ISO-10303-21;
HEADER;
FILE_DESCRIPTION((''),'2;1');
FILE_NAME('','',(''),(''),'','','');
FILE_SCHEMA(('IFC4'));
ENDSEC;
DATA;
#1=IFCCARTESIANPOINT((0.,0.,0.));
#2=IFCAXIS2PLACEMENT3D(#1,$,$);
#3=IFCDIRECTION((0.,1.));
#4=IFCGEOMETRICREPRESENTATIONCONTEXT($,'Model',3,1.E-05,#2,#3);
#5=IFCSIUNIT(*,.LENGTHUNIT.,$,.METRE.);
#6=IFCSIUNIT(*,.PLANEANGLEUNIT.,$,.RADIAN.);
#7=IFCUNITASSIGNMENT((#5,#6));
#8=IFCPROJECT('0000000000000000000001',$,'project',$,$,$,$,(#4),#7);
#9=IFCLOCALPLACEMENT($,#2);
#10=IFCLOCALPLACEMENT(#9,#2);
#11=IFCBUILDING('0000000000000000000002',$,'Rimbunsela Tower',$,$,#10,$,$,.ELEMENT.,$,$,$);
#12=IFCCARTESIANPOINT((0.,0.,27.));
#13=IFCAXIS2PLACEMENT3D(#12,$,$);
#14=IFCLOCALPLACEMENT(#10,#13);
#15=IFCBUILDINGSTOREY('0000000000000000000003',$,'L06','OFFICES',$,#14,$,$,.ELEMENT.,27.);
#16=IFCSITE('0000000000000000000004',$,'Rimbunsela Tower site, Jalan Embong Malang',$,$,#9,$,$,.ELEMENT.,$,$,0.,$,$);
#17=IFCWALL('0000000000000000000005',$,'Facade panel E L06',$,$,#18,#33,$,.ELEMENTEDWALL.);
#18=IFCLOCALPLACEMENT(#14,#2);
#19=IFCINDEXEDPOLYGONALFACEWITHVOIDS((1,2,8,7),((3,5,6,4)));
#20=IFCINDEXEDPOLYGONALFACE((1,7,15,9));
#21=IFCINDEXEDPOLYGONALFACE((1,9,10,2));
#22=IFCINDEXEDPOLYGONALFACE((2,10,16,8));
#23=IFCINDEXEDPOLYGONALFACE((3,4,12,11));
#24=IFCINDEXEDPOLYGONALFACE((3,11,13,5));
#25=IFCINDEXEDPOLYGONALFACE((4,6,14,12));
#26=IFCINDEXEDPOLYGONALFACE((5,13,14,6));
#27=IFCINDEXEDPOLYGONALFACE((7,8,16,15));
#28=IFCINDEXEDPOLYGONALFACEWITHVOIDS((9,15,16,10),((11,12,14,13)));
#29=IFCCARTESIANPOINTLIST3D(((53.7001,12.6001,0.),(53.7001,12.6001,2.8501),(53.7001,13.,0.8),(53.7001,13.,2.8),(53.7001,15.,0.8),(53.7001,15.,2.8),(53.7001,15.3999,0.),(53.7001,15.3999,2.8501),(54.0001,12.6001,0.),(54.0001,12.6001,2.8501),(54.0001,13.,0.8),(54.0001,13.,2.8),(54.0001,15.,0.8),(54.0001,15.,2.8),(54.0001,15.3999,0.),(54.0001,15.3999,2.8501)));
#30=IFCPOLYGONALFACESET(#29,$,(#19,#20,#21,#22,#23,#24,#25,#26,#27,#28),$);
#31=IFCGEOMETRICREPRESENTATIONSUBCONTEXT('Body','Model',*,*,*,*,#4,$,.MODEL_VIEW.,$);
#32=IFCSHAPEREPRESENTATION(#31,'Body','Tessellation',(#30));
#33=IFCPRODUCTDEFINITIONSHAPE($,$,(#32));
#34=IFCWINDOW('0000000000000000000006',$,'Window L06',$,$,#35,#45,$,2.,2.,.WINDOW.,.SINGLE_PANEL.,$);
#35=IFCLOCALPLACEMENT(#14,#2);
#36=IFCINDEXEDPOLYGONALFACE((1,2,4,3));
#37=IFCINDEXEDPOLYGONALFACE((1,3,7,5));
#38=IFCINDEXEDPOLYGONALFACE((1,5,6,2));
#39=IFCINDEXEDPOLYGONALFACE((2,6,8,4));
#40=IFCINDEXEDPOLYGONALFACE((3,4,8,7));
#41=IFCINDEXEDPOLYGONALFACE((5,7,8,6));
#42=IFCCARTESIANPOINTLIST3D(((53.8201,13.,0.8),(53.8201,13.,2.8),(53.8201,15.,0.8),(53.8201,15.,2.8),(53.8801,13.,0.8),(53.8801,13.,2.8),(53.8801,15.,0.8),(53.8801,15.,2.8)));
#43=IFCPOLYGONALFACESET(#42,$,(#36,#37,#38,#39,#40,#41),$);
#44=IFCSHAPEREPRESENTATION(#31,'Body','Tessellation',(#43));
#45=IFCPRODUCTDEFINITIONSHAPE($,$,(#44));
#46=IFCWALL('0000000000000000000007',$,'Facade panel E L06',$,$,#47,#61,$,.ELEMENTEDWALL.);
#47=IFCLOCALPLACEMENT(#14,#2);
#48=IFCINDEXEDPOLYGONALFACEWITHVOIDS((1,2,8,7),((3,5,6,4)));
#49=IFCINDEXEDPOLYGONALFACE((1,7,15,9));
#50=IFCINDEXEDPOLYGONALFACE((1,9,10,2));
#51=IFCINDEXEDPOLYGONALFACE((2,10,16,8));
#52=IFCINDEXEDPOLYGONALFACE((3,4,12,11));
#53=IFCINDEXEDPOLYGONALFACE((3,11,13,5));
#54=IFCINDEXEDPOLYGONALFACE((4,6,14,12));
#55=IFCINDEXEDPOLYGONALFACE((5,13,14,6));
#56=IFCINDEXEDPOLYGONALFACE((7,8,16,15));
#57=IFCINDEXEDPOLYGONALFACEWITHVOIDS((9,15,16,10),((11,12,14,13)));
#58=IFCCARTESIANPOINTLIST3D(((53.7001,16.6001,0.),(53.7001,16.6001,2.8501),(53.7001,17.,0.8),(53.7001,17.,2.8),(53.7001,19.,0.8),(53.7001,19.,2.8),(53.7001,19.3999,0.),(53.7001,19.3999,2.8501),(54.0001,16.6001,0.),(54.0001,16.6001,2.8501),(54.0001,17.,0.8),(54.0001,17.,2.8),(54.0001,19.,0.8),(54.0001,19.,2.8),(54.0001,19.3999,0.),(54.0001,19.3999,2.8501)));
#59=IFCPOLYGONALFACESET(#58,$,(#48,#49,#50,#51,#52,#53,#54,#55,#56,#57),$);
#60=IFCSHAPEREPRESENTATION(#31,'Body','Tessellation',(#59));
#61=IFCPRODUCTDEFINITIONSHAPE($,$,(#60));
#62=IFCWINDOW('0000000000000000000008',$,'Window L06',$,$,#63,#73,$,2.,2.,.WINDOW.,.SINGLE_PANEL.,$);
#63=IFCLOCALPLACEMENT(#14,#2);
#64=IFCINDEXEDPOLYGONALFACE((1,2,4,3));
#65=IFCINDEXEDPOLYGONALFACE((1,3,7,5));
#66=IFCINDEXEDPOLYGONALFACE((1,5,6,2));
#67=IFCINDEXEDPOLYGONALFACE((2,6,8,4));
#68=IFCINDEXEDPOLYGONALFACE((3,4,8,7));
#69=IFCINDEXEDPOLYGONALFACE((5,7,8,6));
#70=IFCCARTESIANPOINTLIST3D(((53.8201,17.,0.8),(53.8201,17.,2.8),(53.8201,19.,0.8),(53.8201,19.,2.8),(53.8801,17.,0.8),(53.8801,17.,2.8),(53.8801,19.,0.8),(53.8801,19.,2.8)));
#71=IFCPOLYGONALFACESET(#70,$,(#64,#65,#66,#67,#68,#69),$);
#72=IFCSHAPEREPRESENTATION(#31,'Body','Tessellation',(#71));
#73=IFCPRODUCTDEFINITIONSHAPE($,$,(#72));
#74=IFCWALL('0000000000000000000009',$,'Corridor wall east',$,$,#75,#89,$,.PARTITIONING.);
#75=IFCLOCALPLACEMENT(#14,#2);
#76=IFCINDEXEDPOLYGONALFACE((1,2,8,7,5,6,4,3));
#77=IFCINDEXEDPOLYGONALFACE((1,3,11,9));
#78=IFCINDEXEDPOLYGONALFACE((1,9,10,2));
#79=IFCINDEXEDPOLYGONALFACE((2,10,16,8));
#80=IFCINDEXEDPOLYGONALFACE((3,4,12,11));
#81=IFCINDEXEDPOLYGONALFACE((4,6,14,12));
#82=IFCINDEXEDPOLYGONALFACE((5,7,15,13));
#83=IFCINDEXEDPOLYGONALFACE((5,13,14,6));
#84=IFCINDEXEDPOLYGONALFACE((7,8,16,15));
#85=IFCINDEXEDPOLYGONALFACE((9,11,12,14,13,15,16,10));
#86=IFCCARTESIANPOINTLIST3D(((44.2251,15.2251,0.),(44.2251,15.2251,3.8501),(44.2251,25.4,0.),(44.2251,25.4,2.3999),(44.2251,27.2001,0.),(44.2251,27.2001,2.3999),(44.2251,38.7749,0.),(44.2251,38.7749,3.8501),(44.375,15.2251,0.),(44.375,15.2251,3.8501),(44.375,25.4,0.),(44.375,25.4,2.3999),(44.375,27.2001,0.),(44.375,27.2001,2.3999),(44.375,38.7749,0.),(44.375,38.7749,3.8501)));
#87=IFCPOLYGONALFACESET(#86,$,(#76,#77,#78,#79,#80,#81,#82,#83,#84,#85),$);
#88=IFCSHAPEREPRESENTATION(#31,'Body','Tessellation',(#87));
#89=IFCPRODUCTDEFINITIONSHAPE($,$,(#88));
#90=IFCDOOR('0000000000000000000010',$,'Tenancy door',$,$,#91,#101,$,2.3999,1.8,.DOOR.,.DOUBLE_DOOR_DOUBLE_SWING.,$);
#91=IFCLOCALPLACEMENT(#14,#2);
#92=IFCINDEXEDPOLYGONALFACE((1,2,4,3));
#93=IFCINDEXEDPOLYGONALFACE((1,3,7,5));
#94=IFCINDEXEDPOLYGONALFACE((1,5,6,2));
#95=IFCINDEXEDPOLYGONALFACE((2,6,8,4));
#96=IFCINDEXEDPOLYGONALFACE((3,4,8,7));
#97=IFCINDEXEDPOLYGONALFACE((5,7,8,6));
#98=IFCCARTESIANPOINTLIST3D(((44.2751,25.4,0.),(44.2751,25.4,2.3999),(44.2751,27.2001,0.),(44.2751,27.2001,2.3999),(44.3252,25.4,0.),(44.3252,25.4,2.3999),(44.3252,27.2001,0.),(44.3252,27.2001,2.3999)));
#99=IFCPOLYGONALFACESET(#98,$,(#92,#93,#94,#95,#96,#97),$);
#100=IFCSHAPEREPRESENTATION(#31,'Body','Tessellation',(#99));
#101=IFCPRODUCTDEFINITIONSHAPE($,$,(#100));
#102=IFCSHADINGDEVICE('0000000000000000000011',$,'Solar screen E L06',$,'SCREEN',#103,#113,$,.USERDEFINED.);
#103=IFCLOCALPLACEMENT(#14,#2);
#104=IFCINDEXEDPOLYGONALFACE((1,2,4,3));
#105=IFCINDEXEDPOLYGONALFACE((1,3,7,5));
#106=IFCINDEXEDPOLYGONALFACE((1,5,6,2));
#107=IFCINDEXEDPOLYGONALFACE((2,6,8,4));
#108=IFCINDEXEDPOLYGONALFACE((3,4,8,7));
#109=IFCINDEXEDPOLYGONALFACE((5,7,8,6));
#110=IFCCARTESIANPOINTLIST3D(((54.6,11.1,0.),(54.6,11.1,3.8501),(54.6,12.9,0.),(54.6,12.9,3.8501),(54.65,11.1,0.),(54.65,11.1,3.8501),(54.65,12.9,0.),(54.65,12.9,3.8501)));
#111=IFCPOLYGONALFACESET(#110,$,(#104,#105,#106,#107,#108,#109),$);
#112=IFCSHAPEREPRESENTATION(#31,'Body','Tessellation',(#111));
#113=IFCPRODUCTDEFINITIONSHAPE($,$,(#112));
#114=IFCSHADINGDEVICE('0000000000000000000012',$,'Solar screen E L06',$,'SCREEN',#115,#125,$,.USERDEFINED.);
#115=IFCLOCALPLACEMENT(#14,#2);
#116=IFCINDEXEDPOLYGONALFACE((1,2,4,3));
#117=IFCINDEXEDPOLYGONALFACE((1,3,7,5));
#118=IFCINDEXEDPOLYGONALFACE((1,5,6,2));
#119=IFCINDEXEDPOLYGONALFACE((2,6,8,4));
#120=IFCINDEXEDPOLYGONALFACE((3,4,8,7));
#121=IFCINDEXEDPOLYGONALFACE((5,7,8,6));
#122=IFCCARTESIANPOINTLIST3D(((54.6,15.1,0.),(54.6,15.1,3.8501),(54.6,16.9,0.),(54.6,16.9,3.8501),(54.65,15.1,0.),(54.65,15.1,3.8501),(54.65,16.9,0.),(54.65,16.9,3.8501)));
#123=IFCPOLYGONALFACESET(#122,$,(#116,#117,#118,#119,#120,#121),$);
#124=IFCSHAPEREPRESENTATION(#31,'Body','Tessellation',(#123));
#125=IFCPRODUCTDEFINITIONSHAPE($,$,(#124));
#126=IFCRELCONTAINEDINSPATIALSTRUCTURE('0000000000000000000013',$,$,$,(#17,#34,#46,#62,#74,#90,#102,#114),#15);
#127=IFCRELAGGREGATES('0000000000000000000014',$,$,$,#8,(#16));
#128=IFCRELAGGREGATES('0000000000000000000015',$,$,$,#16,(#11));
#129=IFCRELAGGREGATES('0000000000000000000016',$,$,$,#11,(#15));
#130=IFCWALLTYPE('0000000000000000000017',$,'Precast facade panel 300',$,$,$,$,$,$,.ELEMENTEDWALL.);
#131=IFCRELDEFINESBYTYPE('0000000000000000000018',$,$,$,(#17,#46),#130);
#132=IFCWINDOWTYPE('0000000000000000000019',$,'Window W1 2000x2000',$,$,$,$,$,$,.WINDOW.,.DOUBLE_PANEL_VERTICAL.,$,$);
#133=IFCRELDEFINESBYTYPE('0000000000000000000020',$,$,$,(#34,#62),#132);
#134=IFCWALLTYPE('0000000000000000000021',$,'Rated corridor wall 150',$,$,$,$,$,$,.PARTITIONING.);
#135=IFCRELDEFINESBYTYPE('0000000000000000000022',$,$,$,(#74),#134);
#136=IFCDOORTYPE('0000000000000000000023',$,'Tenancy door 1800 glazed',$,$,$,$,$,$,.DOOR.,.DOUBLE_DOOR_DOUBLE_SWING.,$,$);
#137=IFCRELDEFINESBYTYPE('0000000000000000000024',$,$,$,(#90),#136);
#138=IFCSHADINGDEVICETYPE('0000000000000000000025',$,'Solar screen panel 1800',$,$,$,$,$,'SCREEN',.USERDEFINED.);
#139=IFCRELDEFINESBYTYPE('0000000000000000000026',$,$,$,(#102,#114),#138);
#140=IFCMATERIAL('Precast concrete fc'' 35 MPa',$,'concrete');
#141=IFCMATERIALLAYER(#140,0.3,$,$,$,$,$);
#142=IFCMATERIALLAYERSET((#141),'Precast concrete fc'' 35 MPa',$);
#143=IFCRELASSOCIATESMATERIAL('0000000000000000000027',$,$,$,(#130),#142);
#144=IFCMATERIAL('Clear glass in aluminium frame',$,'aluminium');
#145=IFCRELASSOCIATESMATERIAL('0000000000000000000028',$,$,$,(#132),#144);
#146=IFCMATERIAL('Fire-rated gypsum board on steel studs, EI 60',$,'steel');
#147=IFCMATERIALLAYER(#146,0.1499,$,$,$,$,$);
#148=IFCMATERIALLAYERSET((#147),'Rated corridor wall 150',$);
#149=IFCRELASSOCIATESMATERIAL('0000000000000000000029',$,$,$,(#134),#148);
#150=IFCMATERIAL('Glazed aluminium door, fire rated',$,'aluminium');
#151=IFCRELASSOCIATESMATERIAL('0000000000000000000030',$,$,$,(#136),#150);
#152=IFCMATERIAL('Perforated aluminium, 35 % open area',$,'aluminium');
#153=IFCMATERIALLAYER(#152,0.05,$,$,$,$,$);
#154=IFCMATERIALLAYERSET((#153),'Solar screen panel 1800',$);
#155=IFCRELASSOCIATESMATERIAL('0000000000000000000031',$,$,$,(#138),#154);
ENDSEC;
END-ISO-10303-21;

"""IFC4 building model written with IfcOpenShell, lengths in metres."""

from ifc_helpers import new_model, si_unit, direction, frame, frame_2d, origin, origin_2d, place, context, subcontext, project, spatial, rectangle, extrude, material, layer, layer_set, type_object, element, fill, save


model = new_model("IFC4")

# Units and contexts
model_context = context("Model", 3, precision=1e-05, world=origin(), true_north=direction((0.0, 1.0)))
body_context = subcontext(model_context, "Body", "Model", "MODEL_VIEW")
ifc_project = project(units=[si_unit("LENGTHUNIT", "METRE"), si_unit("PLANEANGLEUNIT", "RADIAN")], contexts=[model_context])

# Site, building, storey
site_placement = place(None, origin())
site = spatial("IfcSite", under=ifc_project, at=site_placement, Name="Rimbunsela Tower site, Jalan Embong Malang", CompositionType="ELEMENT", RefElevation=0.0)
building_placement = place(site_placement, origin())
building = spatial("IfcBuilding", under=site, at=building_placement, Name="Rimbunsela Tower", CompositionType="ELEMENT")
storey_placement = place(building_placement, frame((0.0, 0.0, 27.0)))
storey = spatial("IfcBuildingStorey", under=building, at=storey_placement, Name="L06", Description="OFFICES", CompositionType="ELEMENT", Elevation=27.0)

# Walls, openings, windows
ifc_material_1 = material(Name="Precast concrete fc' 35 MPa", Category="concrete")
ifc_layer_1 = layer(ifc_material_1, 0.3)
ifc_layer_set_1 = layer_set([ifc_layer_1], Name="Precast concrete fc' 35 MPa")
wall_type_1 = type_object("IfcWallType", Name="Precast facade panel 300", PredefinedType="ELEMENTEDWALL", material=ifc_layer_set_1)
wall_1_placement = place(storey_placement, frame((53.8501, 12.6001, 0.0), z_axis=(0.0, 0.0, 1.0), x_axis=(0.0, 1.0, 0.0)))
wall_1 = element("IfcWall", 1, at=wall_1_placement, inside=storey, type_object=wall_type_1, Name="Facade panel E L06", PredefinedType="ELEMENTEDWALL", context=body_context, shape_type="SweptSolid", body=[
    extrude(rectangle(XDim=2.7998, YDim=0.3, at=frame_2d((1.3999, 0.0))), origin(), (0.0, 0.0, 1.0), 2.8501),
])
opening_1_placement = place(wall_1_placement, frame((0.3999, 0.0, 0.8)))
opening_1 = element("IfcOpeningElement", 2, at=opening_1_placement, cuts=wall_1, PredefinedType="OPENING", context=body_context, shape_type="SweptSolid", body=[
    extrude(rectangle(XDim=2.0, YDim=2.0, at=frame_2d((1.0, 1.0))), frame((0.0, 0.1599, 0.0), z_axis=(0.0, -1.0, 0.0), x_axis=(1.0, 0.0, 0.0)), (0.0, 0.0, 1.0), 0.3201),
])
ifc_material_2 = material(Name="Clear glass in aluminium frame", Category="aluminium")
window_type = type_object("IfcWindowType", Name="Window W1 2000x2000", PartitioningType="DOUBLE_PANEL_VERTICAL", PredefinedType="WINDOW", material=ifc_material_2)
window_1_placement = place(opening_1_placement, origin())
window_1 = element("IfcWindow", 3, at=window_1_placement, inside=storey, type_object=window_type, Name="Window L06", OverallHeight=2.0, OverallWidth=2.0, PartitioningType="SINGLE_PANEL", PredefinedType="WINDOW", context=body_context, shape_type="SweptSolid", body=[
    extrude(rectangle(XDim=2.0, YDim=2.0, at=frame_2d((1.0, 1.0))), frame((0.0, 0.03, 0.0), z_axis=(0.0, -1.0, 0.0), x_axis=(1.0, 0.0, 0.0)), (0.0, 0.0, 1.0), 0.0601),
])
fill(opening_1, window_1)
wall_2_placement = place(storey_placement, frame((53.8501, 16.6001, 0.0), z_axis=(0.0, 0.0, 1.0), x_axis=(0.0, 1.0, 0.0)))
wall_2 = element("IfcWall", 4, at=wall_2_placement, inside=storey, type_object=wall_type_1, Name="Facade panel E L06", PredefinedType="ELEMENTEDWALL", context=body_context, shape_type="SweptSolid", body=[
    extrude(rectangle(XDim=2.7998, YDim=0.3, at=frame_2d((1.3999, 0.0))), origin(), (0.0, 0.0, 1.0), 2.8501),
])
opening_2_placement = place(wall_2_placement, frame((0.3999, 0.0, 0.8)))
opening_2 = element("IfcOpeningElement", 5, at=opening_2_placement, cuts=wall_2, PredefinedType="OPENING", context=body_context, shape_type="SweptSolid", body=[
    extrude(rectangle(XDim=2.0, YDim=2.0, at=frame_2d((1.0, 1.0))), frame((0.0, 0.1599, 0.0), z_axis=(0.0, -1.0, 0.0), x_axis=(1.0, 0.0, 0.0)), (0.0, 0.0, 1.0), 0.3201),
])
window_2_placement = place(opening_2_placement, origin())
window_2 = element("IfcWindow", 6, at=window_2_placement, inside=storey, type_object=window_type, Name="Window L06", OverallHeight=2.0, OverallWidth=2.0, PartitioningType="SINGLE_PANEL", PredefinedType="WINDOW", context=body_context, shape_type="SweptSolid", body=[
    extrude(rectangle(XDim=2.0, YDim=2.0, at=frame_2d((1.0, 1.0))), frame((0.0, 0.03, 0.0), z_axis=(0.0, -1.0, 0.0), x_axis=(1.0, 0.0, 0.0)), (0.0, 0.0, 1.0), 0.0601),
])
fill(opening_2, window_2)

# Wall, opening, door
ifc_material_3 = material(Name="Fire-rated gypsum board on steel studs, EI 60", Category="steel")
ifc_layer_2 = layer(ifc_material_3, 0.1499)
ifc_layer_set_2 = layer_set([ifc_layer_2], Name="Rated corridor wall 150")
wall_type_2 = type_object("IfcWallType", Name="Rated corridor wall 150", PredefinedType="PARTITIONING", material=ifc_layer_set_2)
wall_3_placement = place(storey_placement, frame((44.3, 15.2251, 0.0), z_axis=(0.0, 0.0, 1.0), x_axis=(0.0, 1.0, 0.0)))
wall_3 = element("IfcWall", 7, at=wall_3_placement, inside=storey, type_object=wall_type_2, Name="Corridor wall east", PredefinedType="PARTITIONING", context=body_context, shape_type="SweptSolid", body=[
    extrude(rectangle(XDim=23.5498, YDim=0.1499, at=frame_2d((11.7749, 0.0))), origin(), (0.0, 0.0, 1.0), 3.8501),
])
opening_3_placement = place(wall_3_placement, frame((10.175, 0.0, 0.0)))
opening_3 = element("IfcOpeningElement", 8, at=opening_3_placement, cuts=wall_3, PredefinedType="OPENING", context=body_context, shape_type="SweptSolid", body=[
    extrude(rectangle(XDim=1.8, YDim=2.3999, at=frame_2d((0.8999, 1.2))), frame((0.0, 0.085, 0.0), z_axis=(0.0, -1.0, 0.0), x_axis=(1.0, 0.0, 0.0)), (0.0, 0.0, 1.0), 0.1699),
])
ifc_material_4 = material(Name="Glazed aluminium door, fire rated", Category="aluminium")
door_type = type_object("IfcDoorType", Name="Tenancy door 1800 glazed", OperationType="DOUBLE_DOOR_DOUBLE_SWING", PredefinedType="DOOR", material=ifc_material_4)
door_placement = place(opening_3_placement, origin())
door = element("IfcDoor", 9, at=door_placement, inside=storey, type_object=door_type, Name="Tenancy door", OperationType="DOUBLE_DOOR_DOUBLE_SWING", OverallHeight=2.3999, OverallWidth=1.8, PredefinedType="DOOR", context=body_context, shape_type="SweptSolid", body=[
    extrude(rectangle(XDim=1.8, YDim=2.3999, at=frame_2d((0.8999, 1.2))), frame((0.0, 0.0249, 0.0), z_axis=(0.0, -1.0, 0.0), x_axis=(1.0, 0.0, 0.0)), (0.0, 0.0, 1.0), 0.05),
])
fill(opening_3, door)

# Shading devices
ifc_material_5 = material(Name="Perforated aluminium, 35 % open area", Category="aluminium")
ifc_layer_3 = layer(ifc_material_5, 0.05)
ifc_layer_set_3 = layer_set([ifc_layer_3], Name="Solar screen panel 1800")
shading_device_type = type_object("IfcShadingDeviceType", Name="Solar screen panel 1800", ElementType="SCREEN", PredefinedType="USERDEFINED", material=ifc_layer_set_3)
for number, where, z_axis, x_axis, name in (
    (10, (54.625, 12.0, 0.0), (0.0, 0.0, 1.0), (0.0, 1.0, 0.0), "Solar screen E L06"),
    (11, (54.625, 16.0, 0.0), (0.0, 0.0, 1.0), (0.0, 1.0, 0.0), "Solar screen E L06"),
):
    element("IfcShadingDevice", number, at=place(storey_placement, frame(where, z_axis=z_axis, x_axis=x_axis)), inside=storey, type_object=shading_device_type, Name=name, ObjectType="SCREEN", PredefinedType="USERDEFINED", context=body_context, shape_type="SweptSolid", body=[
        extrude(rectangle(XDim=1.8, YDim=0.05, at=origin_2d()), origin(), (0.0, 0.0, 1.0), 3.8501),
    ])

save(model, "model.ifc")
